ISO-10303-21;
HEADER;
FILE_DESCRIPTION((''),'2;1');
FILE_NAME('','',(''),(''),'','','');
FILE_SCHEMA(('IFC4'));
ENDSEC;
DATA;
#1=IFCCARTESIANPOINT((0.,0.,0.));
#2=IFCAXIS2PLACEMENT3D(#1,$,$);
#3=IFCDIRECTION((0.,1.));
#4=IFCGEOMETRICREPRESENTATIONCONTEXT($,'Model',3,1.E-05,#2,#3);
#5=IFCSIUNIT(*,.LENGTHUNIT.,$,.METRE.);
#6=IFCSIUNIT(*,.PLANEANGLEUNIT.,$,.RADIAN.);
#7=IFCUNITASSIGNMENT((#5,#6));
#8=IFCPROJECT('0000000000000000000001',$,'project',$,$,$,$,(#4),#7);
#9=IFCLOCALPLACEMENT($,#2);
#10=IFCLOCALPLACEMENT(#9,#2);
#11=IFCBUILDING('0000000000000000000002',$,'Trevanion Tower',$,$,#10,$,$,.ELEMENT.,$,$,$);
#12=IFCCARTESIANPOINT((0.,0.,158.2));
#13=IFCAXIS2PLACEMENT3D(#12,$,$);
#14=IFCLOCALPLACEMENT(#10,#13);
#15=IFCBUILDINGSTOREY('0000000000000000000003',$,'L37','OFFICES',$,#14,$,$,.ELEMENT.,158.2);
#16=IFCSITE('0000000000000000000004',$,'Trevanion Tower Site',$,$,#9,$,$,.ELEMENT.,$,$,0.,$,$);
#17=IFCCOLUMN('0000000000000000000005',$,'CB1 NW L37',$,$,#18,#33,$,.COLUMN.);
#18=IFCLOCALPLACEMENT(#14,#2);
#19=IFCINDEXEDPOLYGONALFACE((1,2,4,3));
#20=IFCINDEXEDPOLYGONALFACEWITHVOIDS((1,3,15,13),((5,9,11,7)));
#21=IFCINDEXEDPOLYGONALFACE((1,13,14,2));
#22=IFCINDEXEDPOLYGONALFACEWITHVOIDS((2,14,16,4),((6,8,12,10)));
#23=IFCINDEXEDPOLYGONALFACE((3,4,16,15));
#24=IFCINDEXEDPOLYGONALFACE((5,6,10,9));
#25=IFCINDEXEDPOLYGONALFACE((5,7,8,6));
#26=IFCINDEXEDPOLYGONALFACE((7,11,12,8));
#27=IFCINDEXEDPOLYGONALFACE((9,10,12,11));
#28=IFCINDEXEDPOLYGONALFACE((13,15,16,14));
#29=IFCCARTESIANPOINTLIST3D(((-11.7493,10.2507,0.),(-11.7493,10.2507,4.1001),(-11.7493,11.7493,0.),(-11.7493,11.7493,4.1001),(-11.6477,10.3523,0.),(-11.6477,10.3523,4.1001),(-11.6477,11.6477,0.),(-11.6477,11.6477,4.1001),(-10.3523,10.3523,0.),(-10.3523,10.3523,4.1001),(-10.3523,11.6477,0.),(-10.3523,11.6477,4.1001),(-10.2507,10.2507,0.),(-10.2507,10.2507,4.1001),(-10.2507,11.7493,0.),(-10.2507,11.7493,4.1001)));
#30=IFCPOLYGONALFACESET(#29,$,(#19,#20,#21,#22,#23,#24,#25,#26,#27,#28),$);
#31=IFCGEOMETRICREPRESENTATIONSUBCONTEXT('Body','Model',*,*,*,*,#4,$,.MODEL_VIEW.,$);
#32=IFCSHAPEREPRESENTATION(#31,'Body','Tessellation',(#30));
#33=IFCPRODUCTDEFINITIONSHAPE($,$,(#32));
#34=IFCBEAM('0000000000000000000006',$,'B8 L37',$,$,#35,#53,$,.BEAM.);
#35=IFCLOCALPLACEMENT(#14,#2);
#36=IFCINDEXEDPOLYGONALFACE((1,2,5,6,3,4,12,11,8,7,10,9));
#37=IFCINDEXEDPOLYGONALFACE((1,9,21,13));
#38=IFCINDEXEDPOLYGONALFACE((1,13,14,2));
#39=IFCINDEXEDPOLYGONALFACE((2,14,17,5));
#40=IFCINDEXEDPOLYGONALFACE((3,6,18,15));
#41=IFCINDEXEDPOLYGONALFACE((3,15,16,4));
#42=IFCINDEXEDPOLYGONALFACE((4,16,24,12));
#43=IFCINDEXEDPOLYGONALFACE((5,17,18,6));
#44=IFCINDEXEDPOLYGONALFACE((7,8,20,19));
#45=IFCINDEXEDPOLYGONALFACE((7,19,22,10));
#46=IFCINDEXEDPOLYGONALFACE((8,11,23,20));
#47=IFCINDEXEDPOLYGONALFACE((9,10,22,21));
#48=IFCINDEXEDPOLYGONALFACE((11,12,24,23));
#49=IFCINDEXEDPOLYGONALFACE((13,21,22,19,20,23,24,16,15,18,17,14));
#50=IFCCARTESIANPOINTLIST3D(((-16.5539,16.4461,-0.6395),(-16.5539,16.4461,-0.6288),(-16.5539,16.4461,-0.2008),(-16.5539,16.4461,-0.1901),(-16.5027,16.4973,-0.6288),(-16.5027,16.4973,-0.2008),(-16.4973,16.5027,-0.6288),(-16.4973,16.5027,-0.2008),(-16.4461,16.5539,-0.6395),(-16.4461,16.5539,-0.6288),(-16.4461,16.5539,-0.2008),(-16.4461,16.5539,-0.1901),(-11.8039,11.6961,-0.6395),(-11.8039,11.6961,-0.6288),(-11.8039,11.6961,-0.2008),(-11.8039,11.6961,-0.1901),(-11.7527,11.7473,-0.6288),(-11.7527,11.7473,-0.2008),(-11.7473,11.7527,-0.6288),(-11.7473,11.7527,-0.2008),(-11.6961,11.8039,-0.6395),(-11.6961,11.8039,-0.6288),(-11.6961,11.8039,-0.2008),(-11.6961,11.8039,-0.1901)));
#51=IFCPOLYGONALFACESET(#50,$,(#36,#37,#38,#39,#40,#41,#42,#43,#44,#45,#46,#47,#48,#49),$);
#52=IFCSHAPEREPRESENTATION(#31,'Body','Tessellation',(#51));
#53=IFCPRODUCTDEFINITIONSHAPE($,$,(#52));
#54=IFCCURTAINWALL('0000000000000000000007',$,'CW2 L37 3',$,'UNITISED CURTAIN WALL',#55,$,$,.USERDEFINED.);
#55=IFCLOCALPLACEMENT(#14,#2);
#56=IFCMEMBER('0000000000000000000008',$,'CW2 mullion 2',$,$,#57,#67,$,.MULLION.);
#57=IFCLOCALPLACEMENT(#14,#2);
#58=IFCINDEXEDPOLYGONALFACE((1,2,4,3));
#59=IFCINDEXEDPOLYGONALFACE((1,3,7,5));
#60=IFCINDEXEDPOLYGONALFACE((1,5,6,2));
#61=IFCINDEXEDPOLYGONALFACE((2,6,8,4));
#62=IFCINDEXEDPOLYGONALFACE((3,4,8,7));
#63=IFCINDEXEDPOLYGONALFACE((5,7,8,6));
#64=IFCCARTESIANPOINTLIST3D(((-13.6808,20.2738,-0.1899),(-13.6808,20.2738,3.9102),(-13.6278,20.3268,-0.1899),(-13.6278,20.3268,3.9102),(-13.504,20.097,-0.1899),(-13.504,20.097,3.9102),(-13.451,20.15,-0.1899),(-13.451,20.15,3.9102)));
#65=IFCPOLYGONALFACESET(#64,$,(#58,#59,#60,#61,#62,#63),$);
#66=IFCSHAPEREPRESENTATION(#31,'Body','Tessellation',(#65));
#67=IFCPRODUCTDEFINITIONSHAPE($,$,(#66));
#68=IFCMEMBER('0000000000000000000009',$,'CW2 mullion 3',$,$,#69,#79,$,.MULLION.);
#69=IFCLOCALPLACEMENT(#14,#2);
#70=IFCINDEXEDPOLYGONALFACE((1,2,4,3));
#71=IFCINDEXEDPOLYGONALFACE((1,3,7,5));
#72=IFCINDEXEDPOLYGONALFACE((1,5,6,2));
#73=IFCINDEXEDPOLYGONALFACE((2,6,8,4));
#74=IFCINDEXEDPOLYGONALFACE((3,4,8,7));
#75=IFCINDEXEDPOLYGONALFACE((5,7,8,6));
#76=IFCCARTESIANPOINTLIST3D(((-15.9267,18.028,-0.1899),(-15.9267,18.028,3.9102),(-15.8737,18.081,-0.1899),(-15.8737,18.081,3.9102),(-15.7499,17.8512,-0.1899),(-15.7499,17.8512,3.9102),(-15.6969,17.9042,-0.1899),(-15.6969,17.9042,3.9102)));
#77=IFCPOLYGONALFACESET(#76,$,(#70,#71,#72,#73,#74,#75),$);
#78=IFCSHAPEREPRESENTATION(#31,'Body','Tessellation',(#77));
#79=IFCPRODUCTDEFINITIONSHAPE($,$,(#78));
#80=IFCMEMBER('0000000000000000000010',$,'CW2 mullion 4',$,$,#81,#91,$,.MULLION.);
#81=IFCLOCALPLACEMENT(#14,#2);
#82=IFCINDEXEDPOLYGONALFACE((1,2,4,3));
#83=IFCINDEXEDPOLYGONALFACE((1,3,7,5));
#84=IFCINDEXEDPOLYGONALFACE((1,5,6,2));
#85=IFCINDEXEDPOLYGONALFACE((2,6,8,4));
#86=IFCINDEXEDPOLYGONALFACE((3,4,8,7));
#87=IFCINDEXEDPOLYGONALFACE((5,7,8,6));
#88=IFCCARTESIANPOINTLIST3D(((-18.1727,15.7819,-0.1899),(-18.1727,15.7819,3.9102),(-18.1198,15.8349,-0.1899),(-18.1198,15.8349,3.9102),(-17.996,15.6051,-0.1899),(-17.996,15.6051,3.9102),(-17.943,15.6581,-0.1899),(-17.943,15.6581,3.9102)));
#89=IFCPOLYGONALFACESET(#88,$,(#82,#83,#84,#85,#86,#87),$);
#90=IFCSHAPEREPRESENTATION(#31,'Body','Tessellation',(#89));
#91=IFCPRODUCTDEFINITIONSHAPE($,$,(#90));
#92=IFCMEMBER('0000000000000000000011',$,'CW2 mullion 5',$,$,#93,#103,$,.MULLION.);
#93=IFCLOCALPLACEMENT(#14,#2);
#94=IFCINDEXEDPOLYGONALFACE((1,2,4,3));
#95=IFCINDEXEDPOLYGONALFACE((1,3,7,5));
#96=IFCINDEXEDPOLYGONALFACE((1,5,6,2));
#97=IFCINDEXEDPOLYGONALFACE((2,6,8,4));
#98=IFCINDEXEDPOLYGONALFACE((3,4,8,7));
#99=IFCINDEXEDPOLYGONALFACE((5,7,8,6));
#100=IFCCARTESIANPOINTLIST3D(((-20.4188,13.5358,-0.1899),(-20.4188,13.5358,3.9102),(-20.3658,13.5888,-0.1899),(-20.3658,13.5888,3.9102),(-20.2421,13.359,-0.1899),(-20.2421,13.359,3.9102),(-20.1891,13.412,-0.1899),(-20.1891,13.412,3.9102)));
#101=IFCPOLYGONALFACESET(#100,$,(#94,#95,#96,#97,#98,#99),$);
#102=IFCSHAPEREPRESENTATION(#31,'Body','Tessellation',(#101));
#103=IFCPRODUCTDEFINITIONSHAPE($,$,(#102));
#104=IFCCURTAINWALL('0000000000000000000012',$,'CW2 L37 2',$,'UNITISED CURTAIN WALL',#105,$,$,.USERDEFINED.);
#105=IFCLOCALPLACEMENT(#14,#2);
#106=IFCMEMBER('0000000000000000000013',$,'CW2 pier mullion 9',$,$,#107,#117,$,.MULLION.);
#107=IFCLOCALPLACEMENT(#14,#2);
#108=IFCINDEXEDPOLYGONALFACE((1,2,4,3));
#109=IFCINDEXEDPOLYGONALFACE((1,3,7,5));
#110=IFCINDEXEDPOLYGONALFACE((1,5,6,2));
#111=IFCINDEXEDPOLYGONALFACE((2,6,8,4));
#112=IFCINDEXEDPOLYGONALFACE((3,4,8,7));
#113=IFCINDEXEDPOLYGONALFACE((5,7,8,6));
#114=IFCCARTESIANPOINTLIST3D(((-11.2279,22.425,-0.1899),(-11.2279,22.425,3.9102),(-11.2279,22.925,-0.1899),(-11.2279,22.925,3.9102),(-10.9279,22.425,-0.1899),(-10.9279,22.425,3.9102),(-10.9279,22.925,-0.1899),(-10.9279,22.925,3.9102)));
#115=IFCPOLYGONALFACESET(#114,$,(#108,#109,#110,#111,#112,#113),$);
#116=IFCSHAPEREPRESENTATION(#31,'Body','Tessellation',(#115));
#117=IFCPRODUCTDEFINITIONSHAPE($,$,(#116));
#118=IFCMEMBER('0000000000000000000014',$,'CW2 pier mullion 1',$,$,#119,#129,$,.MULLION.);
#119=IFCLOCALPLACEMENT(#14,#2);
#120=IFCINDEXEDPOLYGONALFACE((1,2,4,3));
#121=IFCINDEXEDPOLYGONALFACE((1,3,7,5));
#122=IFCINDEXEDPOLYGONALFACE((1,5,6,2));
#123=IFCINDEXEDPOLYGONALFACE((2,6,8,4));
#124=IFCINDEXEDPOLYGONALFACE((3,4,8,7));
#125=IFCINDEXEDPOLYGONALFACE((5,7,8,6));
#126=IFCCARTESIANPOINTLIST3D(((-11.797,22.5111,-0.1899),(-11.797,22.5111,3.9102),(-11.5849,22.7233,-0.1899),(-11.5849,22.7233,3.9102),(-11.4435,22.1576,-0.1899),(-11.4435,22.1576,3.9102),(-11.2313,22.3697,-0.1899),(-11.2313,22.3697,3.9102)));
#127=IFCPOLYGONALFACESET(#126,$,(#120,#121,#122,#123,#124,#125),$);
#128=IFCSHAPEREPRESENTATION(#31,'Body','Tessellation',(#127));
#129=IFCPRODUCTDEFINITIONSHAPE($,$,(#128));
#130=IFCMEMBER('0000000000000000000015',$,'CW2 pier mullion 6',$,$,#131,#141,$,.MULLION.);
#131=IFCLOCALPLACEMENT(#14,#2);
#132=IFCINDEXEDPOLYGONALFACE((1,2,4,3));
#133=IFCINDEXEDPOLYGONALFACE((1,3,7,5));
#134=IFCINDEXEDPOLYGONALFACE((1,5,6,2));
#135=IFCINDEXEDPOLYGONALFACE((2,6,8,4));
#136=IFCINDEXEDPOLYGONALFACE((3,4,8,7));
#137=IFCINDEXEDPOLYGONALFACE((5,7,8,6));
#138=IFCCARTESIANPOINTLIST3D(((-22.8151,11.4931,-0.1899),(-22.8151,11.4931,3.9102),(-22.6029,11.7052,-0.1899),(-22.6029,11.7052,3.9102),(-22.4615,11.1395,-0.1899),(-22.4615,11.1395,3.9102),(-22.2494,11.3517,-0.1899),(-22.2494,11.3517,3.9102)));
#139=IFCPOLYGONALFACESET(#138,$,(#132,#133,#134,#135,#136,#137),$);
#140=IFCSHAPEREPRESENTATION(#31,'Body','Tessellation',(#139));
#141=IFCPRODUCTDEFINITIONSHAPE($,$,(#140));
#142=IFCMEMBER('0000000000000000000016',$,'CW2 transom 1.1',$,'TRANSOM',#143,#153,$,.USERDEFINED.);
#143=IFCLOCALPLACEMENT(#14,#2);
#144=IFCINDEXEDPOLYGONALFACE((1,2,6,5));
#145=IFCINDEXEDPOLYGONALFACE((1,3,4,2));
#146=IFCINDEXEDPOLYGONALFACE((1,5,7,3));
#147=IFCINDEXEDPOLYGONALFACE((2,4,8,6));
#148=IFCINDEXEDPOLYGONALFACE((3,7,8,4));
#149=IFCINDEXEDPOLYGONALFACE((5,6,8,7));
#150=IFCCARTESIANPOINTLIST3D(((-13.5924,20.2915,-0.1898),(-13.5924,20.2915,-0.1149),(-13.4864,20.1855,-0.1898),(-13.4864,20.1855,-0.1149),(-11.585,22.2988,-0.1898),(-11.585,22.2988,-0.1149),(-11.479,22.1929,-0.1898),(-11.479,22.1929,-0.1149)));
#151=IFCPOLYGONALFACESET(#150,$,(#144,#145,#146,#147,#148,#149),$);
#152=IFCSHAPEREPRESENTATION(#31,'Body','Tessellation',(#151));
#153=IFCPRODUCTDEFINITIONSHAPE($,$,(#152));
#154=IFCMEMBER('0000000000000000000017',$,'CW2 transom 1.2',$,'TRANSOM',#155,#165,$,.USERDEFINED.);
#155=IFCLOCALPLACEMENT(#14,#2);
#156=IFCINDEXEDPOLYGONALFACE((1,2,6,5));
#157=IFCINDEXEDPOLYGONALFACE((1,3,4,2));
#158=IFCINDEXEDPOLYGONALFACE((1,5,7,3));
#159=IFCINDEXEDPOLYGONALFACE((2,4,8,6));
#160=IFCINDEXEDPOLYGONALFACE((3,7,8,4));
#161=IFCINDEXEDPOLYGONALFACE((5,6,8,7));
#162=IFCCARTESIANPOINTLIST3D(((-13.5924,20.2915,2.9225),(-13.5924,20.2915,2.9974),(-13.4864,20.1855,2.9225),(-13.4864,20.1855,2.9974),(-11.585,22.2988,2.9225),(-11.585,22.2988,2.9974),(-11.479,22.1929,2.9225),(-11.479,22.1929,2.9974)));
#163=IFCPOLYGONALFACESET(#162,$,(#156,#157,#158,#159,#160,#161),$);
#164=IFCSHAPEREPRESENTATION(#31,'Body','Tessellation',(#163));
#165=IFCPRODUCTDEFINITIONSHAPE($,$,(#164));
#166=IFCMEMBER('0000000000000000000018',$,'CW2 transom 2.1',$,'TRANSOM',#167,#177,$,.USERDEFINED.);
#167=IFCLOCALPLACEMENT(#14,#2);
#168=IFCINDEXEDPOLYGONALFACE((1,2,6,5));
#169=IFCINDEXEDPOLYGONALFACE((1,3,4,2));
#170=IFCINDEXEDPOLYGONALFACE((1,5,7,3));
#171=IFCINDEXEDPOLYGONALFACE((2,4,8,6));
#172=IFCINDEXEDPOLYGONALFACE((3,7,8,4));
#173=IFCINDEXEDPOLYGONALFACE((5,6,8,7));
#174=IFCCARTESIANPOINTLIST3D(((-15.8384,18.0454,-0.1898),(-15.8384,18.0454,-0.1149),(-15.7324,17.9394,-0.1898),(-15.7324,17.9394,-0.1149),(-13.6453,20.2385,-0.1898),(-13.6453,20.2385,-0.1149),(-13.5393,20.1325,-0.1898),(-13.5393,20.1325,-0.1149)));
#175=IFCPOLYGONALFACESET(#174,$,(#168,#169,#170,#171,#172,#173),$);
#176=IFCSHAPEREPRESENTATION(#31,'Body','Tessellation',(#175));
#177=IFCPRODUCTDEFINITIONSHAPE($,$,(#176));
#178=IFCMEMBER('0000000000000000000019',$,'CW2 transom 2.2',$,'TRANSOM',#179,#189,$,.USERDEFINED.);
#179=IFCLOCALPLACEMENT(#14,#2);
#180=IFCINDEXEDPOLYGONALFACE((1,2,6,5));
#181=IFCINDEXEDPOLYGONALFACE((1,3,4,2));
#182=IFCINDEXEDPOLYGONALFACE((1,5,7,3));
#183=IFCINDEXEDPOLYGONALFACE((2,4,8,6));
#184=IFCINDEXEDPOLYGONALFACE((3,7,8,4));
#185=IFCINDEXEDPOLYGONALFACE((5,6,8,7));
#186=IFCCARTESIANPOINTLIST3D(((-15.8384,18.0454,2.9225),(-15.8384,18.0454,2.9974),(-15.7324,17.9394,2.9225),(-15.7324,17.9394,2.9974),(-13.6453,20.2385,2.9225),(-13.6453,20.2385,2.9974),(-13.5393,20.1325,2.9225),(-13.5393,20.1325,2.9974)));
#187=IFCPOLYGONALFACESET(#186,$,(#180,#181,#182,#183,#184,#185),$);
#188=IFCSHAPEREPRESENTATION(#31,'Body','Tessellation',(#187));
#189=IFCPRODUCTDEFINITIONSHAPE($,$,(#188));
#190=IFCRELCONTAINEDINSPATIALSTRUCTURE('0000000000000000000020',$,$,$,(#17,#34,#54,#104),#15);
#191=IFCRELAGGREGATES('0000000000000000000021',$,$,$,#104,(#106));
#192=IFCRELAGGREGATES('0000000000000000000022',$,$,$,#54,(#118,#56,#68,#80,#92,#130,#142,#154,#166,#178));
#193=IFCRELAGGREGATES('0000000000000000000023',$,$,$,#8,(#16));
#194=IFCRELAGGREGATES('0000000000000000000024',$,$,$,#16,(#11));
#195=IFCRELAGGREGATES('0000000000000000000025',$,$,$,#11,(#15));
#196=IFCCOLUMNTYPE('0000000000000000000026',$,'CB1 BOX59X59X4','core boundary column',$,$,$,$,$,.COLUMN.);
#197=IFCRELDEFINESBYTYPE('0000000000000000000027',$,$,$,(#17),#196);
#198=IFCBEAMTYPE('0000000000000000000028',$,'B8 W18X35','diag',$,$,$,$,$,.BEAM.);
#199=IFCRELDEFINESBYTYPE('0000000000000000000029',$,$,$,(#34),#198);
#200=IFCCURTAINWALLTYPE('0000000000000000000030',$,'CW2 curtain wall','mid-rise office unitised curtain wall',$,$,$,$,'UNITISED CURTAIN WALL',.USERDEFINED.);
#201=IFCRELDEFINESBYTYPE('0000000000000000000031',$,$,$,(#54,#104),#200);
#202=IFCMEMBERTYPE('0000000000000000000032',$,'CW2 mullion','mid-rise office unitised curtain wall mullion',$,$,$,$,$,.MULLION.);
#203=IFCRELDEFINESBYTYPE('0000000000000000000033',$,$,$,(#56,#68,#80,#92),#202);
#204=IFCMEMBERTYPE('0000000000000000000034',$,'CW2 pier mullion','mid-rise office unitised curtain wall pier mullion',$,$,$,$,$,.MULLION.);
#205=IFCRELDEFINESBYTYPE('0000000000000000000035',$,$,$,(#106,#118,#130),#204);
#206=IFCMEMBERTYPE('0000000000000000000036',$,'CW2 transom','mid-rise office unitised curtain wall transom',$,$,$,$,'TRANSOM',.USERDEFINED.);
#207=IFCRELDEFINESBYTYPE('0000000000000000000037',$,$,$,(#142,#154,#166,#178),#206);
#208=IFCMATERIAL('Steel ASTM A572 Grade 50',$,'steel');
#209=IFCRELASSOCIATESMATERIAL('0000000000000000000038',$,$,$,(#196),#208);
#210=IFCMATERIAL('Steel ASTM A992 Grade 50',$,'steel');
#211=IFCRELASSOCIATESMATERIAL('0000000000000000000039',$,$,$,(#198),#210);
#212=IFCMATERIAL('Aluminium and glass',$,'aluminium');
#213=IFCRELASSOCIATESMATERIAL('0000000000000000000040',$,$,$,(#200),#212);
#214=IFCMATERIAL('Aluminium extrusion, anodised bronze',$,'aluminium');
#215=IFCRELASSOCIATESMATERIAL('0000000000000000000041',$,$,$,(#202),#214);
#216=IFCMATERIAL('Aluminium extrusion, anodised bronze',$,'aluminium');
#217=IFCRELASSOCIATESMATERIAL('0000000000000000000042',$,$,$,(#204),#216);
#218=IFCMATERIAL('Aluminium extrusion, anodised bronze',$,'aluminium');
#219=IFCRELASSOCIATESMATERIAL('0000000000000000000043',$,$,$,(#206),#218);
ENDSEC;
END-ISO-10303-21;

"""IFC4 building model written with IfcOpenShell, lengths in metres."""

from ifc_helpers import new_model, si_unit, direction, frame, origin, origin_2d, place, context, subcontext, project, spatial, rectangle, hollow_rectangle, i_section, extrude, material, material_profile, profile_set, type_object, element, aggregate, save


model = new_model("IFC4")

# Units and contexts
model_context = context("Model", 3, precision=1e-05, world=origin(), true_north=direction((0.0, 1.0)))
body_context = subcontext(model_context, "Body", "Model", "MODEL_VIEW")
ifc_project = project(units=[si_unit("LENGTHUNIT", "METRE"), si_unit("PLANEANGLEUNIT", "RADIAN")], contexts=[model_context])

# Site, building, storey
site_placement = place(None, origin())
site = spatial("IfcSite", under=ifc_project, at=site_placement, Name="Trevanion Tower Site", CompositionType="ELEMENT", RefElevation=0.0)
building_placement = place(site_placement, origin())
building = spatial("IfcBuilding", under=site, at=building_placement, Name="Trevanion Tower", CompositionType="ELEMENT")
storey_placement = place(building_placement, frame((0.0, 0.0, 158.2)))
storey = spatial("IfcBuildingStorey", under=building, at=storey_placement, Name="L37", Description="OFFICES", CompositionType="ELEMENT", Elevation=158.2)

# Column
ifc_material_1 = material(Name="Steel ASTM A572 Grade 50", Category="steel")
ifc_material_profile_1 = material_profile(ifc_material_1, hollow_rectangle(XDim=1.4985, YDim=1.4985, WallThickness=0.1016, at=origin_2d()), Name="BOX59X59X4")
ifc_profile_set_1 = profile_set([ifc_material_profile_1], Name="Steel ASTM A572 Grade 50")
column_type = type_object("IfcColumnType", Name="CB1 BOX59X59X4", Description="core boundary column", PredefinedType="COLUMN", material=ifc_profile_set_1)
column_placement = place(storey_placement, frame((-11.0, 11.0, 0.0), z_axis=(0.0, 0.0, 1.0), x_axis=(1.0, 0.0, 0.0)))
element("IfcColumn", 1, at=column_placement, inside=storey, type_object=column_type, Name="CB1 NW L37", PredefinedType="COLUMN", context=body_context, shape_type="SweptSolid", body=[
    extrude(hollow_rectangle(XDim=1.4985, YDim=1.4985, WallThickness=0.1016, at=origin_2d()), origin(), (0.0, 0.0, 1.0), 4.1001),
])

# Beam
ifc_material_2 = material(Name="Steel ASTM A992 Grade 50", Category="steel")
ifc_material_profile_2 = material_profile(ifc_material_2, i_section(OverallWidth=0.1523, OverallDepth=0.4495, WebThickness=0.0076, FlangeThickness=0.0107, at=origin_2d()), Name="W18X35")
ifc_profile_set_2 = profile_set([ifc_material_profile_2], Name="Steel ASTM A992 Grade 50")
beam_type_1 = type_object("IfcBeamType", Name="B8 W18X35", Description="diag", PredefinedType="BEAM", material=ifc_profile_set_2)
beam_1_placement = place(storey_placement, frame((-11.75, 11.75, -0.4148), z_axis=(-0.707107, 0.707107, 0.0), x_axis=(-0.707107, -0.707107, 0.0)))
element("IfcBeam", 2, at=beam_1_placement, inside=storey, type_object=beam_type_1, Name="B8 L37", PredefinedType="BEAM", context=body_context, shape_type="SweptSolid", body=[
    extrude(i_section(OverallWidth=0.1523, OverallDepth=0.4495, WebThickness=0.0076, FlangeThickness=0.0107, at=origin_2d()), origin(), (0.0, 0.0, 1.0), 6.7175),
])

# Curtain wall, members
ifc_material_3 = material(Name="Aluminium and glass", Category="aluminium")
curtain_wall_type = type_object("IfcCurtainWallType", Name="CW2 curtain wall", Description="mid-rise office unitised curtain wall", ElementType="UNITISED CURTAIN WALL", PredefinedType="USERDEFINED", material=ifc_material_3)
curtain_wall_1_placement = place(storey_placement, origin())
curtain_wall_1 = element("IfcCurtainWall", 3, at=curtain_wall_1_placement, inside=storey, type_object=curtain_wall_type, Name="CW2 L37 3", ObjectType="UNITISED CURTAIN WALL", PredefinedType="USERDEFINED")
ifc_material_4 = material(Name="Aluminium extrusion, anodised bronze", Category="aluminium")
ifc_material_profile_3 = material_profile(ifc_material_4, rectangle(XDim=0.075, YDim=0.25, at=origin_2d()), Name="CW2 mullion")
ifc_profile_set_3 = profile_set([ifc_material_profile_3], Name="Aluminium extrusion, anodised bronze")
member_type_1 = type_object("IfcMemberType", Name="CW2 mullion", Description="mid-rise office unitised curtain wall mullion", PredefinedType="MULLION", material=ifc_profile_set_3)
member_1_placement = place(storey_placement, frame((-13.5659, 20.2119, -0.1899), z_axis=(0.0, 0.0, 1.0), x_axis=(-0.707107, -0.707107, 0.0)))
member_1 = element("IfcMember", 4, at=member_1_placement, type_object=member_type_1, Name="CW2 mullion 2", PredefinedType="MULLION", context=body_context, shape_type="SweptSolid", body=[
    extrude(rectangle(XDim=0.075, YDim=0.25, at=origin_2d()), origin(), (0.0, 0.0, 1.0), 4.1001),
])
member_2_placement = place(storey_placement, frame((-15.8118, 17.9661, -0.1899), z_axis=(0.0, 0.0, 1.0), x_axis=(-0.707107, -0.707107, 0.0)))
member_2 = element("IfcMember", 5, at=member_2_placement, type_object=member_type_1, Name="CW2 mullion 3", PredefinedType="MULLION", context=body_context, shape_type="SweptSolid", body=[
    extrude(rectangle(XDim=0.075, YDim=0.25, at=origin_2d()), origin(), (0.0, 0.0, 1.0), 4.1001),
])
member_3_placement = place(storey_placement, frame((-18.0579, 15.72, -0.1899), z_axis=(0.0, 0.0, 1.0), x_axis=(-0.707107, -0.707107, 0.0)))
member_3 = element("IfcMember", 6, at=member_3_placement, type_object=member_type_1, Name="CW2 mullion 4", PredefinedType="MULLION", context=body_context, shape_type="SweptSolid", body=[
    extrude(rectangle(XDim=0.075, YDim=0.25, at=origin_2d()), origin(), (0.0, 0.0, 1.0), 4.1001),
])
member_4_placement = place(storey_placement, frame((-20.304, 13.4739, -0.1899), z_axis=(0.0, 0.0, 1.0), x_axis=(-0.707107, -0.707107, 0.0)))
member_4 = element("IfcMember", 7, at=member_4_placement, type_object=member_type_1, Name="CW2 mullion 5", PredefinedType="MULLION", context=body_context, shape_type="SweptSolid", body=[
    extrude(rectangle(XDim=0.075, YDim=0.25, at=origin_2d()), origin(), (0.0, 0.0, 1.0), 4.1001),
])

# Curtain wall, member
curtain_wall_2_placement = place(storey_placement, origin())
curtain_wall_2 = element("IfcCurtainWall", 8, at=curtain_wall_2_placement, inside=storey, type_object=curtain_wall_type, Name="CW2 L37 2", ObjectType="UNITISED CURTAIN WALL", PredefinedType="USERDEFINED")
ifc_material_5 = material(Name="Aluminium extrusion, anodised bronze", Category="aluminium")
ifc_material_profile_4 = material_profile(ifc_material_5, rectangle(XDim=0.3, YDim=0.5, at=origin_2d()), Name="CW2 pier mullion")
ifc_profile_set_4 = profile_set([ifc_material_profile_4], Name="Aluminium extrusion, anodised bronze")
member_type_2 = type_object("IfcMemberType", Name="CW2 pier mullion", Description="mid-rise office unitised curtain wall pier mullion", PredefinedType="MULLION", material=ifc_profile_set_4)
member_5_placement = place(storey_placement, frame((-11.0779, 22.675, -0.1899), z_axis=(0.0, 0.0, 1.0), x_axis=(-1.0, 0.0, 0.0)))
member_5 = element("IfcMember", 9, at=member_5_placement, type_object=member_type_2, Name="CW2 pier mullion 9", PredefinedType="MULLION", context=body_context, shape_type="SweptSolid", body=[
    extrude(rectangle(XDim=0.3, YDim=0.5, at=origin_2d()), origin(), (0.0, 0.0, 1.0), 4.1001),
])
aggregate(curtain_wall_2, [member_5])

# Members
member_6_placement = place(storey_placement, frame((-11.5142, 22.4404, -0.1899), z_axis=(0.0, 0.0, 1.0), x_axis=(-0.707107, -0.707107, 0.0)))
member_6 = element("IfcMember", 10, at=member_6_placement, type_object=member_type_2, Name="CW2 pier mullion 1", PredefinedType="MULLION", context=body_context, shape_type="SweptSolid", body=[
    extrude(rectangle(XDim=0.3, YDim=0.5, at=origin_2d()), origin(), (0.0, 0.0, 1.0), 4.1001),
])
member_7_placement = place(storey_placement, frame((-22.5322, 11.4224, -0.1899), z_axis=(0.0, 0.0, 1.0), x_axis=(-0.707107, -0.707107, 0.0)))
member_7 = element("IfcMember", 11, at=member_7_placement, type_object=member_type_2, Name="CW2 pier mullion 6", PredefinedType="MULLION", context=body_context, shape_type="SweptSolid", body=[
    extrude(rectangle(XDim=0.3, YDim=0.5, at=origin_2d()), origin(), (0.0, 0.0, 1.0), 4.1001),
])
ifc_material_6 = material(Name="Aluminium extrusion, anodised bronze", Category="aluminium")
ifc_material_profile_5 = material_profile(ifc_material_6, rectangle(XDim=0.1499, YDim=0.075, at=origin_2d()), Name="CW2 transom")
ifc_profile_set_5 = profile_set([ifc_material_profile_5], Name="Aluminium extrusion, anodised bronze")
member_type_3 = type_object("IfcMemberType", Name="CW2 transom", Description="mid-rise office unitised curtain wall transom", ElementType="TRANSOM", PredefinedType="USERDEFINED", material=ifc_profile_set_5)
member_8_placement = place(storey_placement, frame((-11.532, 22.2458, -0.1523), z_axis=(-0.707107, -0.707107, 0.0), x_axis=(0.707107, -0.707107, 0.0)))
member_8 = element("IfcMember", 12, at=member_8_placement, type_object=member_type_3, Name="CW2 transom 1.1", ObjectType="TRANSOM", PredefinedType="USERDEFINED", context=body_context, shape_type="SweptSolid", body=[
    extrude(rectangle(XDim=0.1499, YDim=0.075, at=origin_2d()), origin(), (0.0, 0.0, 1.0), 2.8389),
])
member_9_placement = place(storey_placement, frame((-11.532, 22.2458, 2.96), z_axis=(-0.707107, -0.707107, 0.0), x_axis=(0.707107, -0.707107, 0.0)))
member_9 = element("IfcMember", 13, at=member_9_placement, type_object=member_type_3, Name="CW2 transom 1.2", ObjectType="TRANSOM", PredefinedType="USERDEFINED", context=body_context, shape_type="SweptSolid", body=[
    extrude(rectangle(XDim=0.1499, YDim=0.075, at=origin_2d()), origin(), (0.0, 0.0, 1.0), 2.8389),
])
member_10_placement = place(storey_placement, frame((-13.5923, 20.1855, -0.1523), z_axis=(-0.707107, -0.707107, 0.0), x_axis=(0.707107, -0.707107, 0.0)))
member_10 = element("IfcMember", 14, at=member_10_placement, type_object=member_type_3, Name="CW2 transom 2.1", ObjectType="TRANSOM", PredefinedType="USERDEFINED", context=body_context, shape_type="SweptSolid", body=[
    extrude(rectangle(XDim=0.1499, YDim=0.075, at=origin_2d()), origin(), (0.0, 0.0, 1.0), 3.1016),
])
member_11_placement = place(storey_placement, frame((-13.5923, 20.1855, 2.96), z_axis=(-0.707107, -0.707107, 0.0), x_axis=(0.707107, -0.707107, 0.0)))
member_11 = element("IfcMember", 15, at=member_11_placement, type_object=member_type_3, Name="CW2 transom 2.2", ObjectType="TRANSOM", PredefinedType="USERDEFINED", context=body_context, shape_type="SweptSolid", body=[
    extrude(rectangle(XDim=0.1499, YDim=0.075, at=origin_2d()), origin(), (0.0, 0.0, 1.0), 3.1016),
])

aggregate(curtain_wall_1, [member_6, member_1, member_2, member_3, member_4, member_7, member_8, member_9, member_10, member_11])

save(model, "model.ifc")
